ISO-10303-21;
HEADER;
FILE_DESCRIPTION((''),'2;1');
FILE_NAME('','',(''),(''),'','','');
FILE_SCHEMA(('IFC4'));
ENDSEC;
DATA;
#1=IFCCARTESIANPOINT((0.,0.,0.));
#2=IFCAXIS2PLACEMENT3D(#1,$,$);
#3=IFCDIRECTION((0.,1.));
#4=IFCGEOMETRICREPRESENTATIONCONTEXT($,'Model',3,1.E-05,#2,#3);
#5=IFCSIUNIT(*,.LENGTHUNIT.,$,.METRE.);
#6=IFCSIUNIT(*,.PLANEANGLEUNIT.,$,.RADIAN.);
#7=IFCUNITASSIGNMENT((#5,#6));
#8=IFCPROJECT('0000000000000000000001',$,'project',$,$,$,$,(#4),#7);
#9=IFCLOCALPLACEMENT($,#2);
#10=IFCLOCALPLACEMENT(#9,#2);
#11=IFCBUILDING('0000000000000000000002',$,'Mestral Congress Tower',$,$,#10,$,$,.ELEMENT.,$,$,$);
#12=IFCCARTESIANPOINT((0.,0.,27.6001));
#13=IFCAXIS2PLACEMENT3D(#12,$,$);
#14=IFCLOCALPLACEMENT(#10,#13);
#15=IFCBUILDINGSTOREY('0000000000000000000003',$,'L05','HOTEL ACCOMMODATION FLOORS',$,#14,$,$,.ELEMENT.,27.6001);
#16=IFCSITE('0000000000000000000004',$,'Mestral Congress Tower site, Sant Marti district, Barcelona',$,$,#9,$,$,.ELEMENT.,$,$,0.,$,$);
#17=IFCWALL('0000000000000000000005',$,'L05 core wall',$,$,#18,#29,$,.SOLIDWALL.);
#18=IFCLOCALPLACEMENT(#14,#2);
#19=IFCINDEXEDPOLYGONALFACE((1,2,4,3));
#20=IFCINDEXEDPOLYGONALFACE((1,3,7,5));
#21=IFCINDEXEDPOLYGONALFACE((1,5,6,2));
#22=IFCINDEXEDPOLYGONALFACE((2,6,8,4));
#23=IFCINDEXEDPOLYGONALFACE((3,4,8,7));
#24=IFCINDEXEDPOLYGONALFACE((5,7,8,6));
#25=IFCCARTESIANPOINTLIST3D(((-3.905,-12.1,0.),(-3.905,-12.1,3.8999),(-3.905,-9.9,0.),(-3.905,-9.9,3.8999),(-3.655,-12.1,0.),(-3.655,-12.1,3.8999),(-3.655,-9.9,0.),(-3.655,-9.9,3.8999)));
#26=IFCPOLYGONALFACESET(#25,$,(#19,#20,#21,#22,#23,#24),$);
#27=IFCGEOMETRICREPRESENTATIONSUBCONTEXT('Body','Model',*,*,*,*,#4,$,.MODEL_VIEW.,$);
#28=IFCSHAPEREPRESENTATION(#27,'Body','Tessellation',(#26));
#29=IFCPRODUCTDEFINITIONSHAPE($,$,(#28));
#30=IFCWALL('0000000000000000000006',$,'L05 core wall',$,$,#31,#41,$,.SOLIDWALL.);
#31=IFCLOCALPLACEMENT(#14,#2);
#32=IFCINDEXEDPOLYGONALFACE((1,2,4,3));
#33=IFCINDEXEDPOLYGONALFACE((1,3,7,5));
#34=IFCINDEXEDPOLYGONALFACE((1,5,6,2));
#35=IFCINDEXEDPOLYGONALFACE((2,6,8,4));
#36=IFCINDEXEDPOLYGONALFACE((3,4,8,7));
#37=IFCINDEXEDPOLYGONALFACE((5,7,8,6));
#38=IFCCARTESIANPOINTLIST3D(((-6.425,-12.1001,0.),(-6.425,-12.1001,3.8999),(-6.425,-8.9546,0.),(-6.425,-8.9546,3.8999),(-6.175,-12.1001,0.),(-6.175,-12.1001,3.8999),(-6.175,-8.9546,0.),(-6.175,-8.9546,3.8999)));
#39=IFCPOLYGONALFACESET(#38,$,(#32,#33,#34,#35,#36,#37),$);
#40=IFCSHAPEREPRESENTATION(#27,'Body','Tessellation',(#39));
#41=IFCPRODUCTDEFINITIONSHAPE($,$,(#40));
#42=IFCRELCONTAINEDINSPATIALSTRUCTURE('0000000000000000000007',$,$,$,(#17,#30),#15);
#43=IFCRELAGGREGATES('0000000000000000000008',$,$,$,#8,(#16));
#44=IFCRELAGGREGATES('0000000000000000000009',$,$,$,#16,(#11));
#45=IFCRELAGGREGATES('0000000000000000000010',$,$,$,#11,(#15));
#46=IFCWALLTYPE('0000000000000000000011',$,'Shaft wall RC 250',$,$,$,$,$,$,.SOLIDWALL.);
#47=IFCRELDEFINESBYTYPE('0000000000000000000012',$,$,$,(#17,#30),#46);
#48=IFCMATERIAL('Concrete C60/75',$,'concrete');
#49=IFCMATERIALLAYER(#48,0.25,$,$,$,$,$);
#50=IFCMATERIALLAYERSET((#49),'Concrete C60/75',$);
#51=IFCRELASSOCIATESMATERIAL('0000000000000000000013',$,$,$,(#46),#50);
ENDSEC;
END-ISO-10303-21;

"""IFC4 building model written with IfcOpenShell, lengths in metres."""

from ifc_helpers import new_model, si_unit, direction, frame, frame_2d, origin, place, context, subcontext, project, spatial, rectangle, extrude, material, layer, layer_set, type_object, element, save


model = new_model("IFC4")

# Units and contexts
model_context = context("Model", 3, precision=1e-05, world=origin(), true_north=direction((0.0, 1.0)))
body_context = subcontext(model_context, "Body", "Model", "MODEL_VIEW")
ifc_project = project(units=[si_unit("LENGTHUNIT", "METRE"), si_unit("PLANEANGLEUNIT", "RADIAN")], contexts=[model_context])

# Site, building, storey
site_placement = place(None, origin())
site = spatial("IfcSite", under=ifc_project, at=site_placement, Name="Mestral Congress Tower site, Sant Marti district, Barcelona", CompositionType="ELEMENT", RefElevation=0.0)
building_placement = place(site_placement, origin())
building = spatial("IfcBuilding", under=site, at=building_placement, Name="Mestral Congress Tower", CompositionType="ELEMENT")
storey_placement = place(building_placement, frame((0.0, 0.0, 27.6001)))
storey = spatial("IfcBuildingStorey", under=building, at=storey_placement, Name="L05", Description="HOTEL ACCOMMODATION FLOORS", CompositionType="ELEMENT", Elevation=27.6001)

# Walls
ifc_material_1 = material(Name="Concrete C60/75", Category="concrete")
ifc_layer_1 = layer(ifc_material_1, 0.25)
ifc_layer_set_1 = layer_set([ifc_layer_1], Name="Concrete C60/75")
wall_type_1 = type_object("IfcWallType", Name="Shaft wall RC 250", PredefinedType="SOLIDWALL", material=ifc_layer_set_1)
wall_1_placement = place(storey_placement, frame((-3.78, -12.1001, 0.0), z_axis=(0.0, 0.0, 1.0), x_axis=(0.0, 1.0, 0.0)))
element("IfcWall", 1, at=wall_1_placement, inside=storey, type_object=wall_type_1, Name="L05 core wall", PredefinedType="SOLIDWALL", context=body_context, shape_type="SweptSolid", body=[
    extrude(rectangle(XDim=2.2, YDim=0.25, at=frame_2d((1.1001, 0.0))), origin(), (0.0, 0.0, 1.0), 3.8999),
])
wall_2_placement = place(storey_placement, frame((-6.3, -12.1001, 0.0), z_axis=(0.0, 0.0, 1.0), x_axis=(0.0, 1.0, 0.0)))
element("IfcWall", 2, at=wall_2_placement, inside=storey, type_object=wall_type_1, Name="L05 core wall", PredefinedType="SOLIDWALL", context=body_context, shape_type="SweptSolid", body=[
    extrude(rectangle(XDim=3.1455, YDim=0.25, at=frame_2d((1.5728, 0.0))), origin(), (0.0, 0.0, 1.0), 3.8999),
])

save(model, "model.ifc")
